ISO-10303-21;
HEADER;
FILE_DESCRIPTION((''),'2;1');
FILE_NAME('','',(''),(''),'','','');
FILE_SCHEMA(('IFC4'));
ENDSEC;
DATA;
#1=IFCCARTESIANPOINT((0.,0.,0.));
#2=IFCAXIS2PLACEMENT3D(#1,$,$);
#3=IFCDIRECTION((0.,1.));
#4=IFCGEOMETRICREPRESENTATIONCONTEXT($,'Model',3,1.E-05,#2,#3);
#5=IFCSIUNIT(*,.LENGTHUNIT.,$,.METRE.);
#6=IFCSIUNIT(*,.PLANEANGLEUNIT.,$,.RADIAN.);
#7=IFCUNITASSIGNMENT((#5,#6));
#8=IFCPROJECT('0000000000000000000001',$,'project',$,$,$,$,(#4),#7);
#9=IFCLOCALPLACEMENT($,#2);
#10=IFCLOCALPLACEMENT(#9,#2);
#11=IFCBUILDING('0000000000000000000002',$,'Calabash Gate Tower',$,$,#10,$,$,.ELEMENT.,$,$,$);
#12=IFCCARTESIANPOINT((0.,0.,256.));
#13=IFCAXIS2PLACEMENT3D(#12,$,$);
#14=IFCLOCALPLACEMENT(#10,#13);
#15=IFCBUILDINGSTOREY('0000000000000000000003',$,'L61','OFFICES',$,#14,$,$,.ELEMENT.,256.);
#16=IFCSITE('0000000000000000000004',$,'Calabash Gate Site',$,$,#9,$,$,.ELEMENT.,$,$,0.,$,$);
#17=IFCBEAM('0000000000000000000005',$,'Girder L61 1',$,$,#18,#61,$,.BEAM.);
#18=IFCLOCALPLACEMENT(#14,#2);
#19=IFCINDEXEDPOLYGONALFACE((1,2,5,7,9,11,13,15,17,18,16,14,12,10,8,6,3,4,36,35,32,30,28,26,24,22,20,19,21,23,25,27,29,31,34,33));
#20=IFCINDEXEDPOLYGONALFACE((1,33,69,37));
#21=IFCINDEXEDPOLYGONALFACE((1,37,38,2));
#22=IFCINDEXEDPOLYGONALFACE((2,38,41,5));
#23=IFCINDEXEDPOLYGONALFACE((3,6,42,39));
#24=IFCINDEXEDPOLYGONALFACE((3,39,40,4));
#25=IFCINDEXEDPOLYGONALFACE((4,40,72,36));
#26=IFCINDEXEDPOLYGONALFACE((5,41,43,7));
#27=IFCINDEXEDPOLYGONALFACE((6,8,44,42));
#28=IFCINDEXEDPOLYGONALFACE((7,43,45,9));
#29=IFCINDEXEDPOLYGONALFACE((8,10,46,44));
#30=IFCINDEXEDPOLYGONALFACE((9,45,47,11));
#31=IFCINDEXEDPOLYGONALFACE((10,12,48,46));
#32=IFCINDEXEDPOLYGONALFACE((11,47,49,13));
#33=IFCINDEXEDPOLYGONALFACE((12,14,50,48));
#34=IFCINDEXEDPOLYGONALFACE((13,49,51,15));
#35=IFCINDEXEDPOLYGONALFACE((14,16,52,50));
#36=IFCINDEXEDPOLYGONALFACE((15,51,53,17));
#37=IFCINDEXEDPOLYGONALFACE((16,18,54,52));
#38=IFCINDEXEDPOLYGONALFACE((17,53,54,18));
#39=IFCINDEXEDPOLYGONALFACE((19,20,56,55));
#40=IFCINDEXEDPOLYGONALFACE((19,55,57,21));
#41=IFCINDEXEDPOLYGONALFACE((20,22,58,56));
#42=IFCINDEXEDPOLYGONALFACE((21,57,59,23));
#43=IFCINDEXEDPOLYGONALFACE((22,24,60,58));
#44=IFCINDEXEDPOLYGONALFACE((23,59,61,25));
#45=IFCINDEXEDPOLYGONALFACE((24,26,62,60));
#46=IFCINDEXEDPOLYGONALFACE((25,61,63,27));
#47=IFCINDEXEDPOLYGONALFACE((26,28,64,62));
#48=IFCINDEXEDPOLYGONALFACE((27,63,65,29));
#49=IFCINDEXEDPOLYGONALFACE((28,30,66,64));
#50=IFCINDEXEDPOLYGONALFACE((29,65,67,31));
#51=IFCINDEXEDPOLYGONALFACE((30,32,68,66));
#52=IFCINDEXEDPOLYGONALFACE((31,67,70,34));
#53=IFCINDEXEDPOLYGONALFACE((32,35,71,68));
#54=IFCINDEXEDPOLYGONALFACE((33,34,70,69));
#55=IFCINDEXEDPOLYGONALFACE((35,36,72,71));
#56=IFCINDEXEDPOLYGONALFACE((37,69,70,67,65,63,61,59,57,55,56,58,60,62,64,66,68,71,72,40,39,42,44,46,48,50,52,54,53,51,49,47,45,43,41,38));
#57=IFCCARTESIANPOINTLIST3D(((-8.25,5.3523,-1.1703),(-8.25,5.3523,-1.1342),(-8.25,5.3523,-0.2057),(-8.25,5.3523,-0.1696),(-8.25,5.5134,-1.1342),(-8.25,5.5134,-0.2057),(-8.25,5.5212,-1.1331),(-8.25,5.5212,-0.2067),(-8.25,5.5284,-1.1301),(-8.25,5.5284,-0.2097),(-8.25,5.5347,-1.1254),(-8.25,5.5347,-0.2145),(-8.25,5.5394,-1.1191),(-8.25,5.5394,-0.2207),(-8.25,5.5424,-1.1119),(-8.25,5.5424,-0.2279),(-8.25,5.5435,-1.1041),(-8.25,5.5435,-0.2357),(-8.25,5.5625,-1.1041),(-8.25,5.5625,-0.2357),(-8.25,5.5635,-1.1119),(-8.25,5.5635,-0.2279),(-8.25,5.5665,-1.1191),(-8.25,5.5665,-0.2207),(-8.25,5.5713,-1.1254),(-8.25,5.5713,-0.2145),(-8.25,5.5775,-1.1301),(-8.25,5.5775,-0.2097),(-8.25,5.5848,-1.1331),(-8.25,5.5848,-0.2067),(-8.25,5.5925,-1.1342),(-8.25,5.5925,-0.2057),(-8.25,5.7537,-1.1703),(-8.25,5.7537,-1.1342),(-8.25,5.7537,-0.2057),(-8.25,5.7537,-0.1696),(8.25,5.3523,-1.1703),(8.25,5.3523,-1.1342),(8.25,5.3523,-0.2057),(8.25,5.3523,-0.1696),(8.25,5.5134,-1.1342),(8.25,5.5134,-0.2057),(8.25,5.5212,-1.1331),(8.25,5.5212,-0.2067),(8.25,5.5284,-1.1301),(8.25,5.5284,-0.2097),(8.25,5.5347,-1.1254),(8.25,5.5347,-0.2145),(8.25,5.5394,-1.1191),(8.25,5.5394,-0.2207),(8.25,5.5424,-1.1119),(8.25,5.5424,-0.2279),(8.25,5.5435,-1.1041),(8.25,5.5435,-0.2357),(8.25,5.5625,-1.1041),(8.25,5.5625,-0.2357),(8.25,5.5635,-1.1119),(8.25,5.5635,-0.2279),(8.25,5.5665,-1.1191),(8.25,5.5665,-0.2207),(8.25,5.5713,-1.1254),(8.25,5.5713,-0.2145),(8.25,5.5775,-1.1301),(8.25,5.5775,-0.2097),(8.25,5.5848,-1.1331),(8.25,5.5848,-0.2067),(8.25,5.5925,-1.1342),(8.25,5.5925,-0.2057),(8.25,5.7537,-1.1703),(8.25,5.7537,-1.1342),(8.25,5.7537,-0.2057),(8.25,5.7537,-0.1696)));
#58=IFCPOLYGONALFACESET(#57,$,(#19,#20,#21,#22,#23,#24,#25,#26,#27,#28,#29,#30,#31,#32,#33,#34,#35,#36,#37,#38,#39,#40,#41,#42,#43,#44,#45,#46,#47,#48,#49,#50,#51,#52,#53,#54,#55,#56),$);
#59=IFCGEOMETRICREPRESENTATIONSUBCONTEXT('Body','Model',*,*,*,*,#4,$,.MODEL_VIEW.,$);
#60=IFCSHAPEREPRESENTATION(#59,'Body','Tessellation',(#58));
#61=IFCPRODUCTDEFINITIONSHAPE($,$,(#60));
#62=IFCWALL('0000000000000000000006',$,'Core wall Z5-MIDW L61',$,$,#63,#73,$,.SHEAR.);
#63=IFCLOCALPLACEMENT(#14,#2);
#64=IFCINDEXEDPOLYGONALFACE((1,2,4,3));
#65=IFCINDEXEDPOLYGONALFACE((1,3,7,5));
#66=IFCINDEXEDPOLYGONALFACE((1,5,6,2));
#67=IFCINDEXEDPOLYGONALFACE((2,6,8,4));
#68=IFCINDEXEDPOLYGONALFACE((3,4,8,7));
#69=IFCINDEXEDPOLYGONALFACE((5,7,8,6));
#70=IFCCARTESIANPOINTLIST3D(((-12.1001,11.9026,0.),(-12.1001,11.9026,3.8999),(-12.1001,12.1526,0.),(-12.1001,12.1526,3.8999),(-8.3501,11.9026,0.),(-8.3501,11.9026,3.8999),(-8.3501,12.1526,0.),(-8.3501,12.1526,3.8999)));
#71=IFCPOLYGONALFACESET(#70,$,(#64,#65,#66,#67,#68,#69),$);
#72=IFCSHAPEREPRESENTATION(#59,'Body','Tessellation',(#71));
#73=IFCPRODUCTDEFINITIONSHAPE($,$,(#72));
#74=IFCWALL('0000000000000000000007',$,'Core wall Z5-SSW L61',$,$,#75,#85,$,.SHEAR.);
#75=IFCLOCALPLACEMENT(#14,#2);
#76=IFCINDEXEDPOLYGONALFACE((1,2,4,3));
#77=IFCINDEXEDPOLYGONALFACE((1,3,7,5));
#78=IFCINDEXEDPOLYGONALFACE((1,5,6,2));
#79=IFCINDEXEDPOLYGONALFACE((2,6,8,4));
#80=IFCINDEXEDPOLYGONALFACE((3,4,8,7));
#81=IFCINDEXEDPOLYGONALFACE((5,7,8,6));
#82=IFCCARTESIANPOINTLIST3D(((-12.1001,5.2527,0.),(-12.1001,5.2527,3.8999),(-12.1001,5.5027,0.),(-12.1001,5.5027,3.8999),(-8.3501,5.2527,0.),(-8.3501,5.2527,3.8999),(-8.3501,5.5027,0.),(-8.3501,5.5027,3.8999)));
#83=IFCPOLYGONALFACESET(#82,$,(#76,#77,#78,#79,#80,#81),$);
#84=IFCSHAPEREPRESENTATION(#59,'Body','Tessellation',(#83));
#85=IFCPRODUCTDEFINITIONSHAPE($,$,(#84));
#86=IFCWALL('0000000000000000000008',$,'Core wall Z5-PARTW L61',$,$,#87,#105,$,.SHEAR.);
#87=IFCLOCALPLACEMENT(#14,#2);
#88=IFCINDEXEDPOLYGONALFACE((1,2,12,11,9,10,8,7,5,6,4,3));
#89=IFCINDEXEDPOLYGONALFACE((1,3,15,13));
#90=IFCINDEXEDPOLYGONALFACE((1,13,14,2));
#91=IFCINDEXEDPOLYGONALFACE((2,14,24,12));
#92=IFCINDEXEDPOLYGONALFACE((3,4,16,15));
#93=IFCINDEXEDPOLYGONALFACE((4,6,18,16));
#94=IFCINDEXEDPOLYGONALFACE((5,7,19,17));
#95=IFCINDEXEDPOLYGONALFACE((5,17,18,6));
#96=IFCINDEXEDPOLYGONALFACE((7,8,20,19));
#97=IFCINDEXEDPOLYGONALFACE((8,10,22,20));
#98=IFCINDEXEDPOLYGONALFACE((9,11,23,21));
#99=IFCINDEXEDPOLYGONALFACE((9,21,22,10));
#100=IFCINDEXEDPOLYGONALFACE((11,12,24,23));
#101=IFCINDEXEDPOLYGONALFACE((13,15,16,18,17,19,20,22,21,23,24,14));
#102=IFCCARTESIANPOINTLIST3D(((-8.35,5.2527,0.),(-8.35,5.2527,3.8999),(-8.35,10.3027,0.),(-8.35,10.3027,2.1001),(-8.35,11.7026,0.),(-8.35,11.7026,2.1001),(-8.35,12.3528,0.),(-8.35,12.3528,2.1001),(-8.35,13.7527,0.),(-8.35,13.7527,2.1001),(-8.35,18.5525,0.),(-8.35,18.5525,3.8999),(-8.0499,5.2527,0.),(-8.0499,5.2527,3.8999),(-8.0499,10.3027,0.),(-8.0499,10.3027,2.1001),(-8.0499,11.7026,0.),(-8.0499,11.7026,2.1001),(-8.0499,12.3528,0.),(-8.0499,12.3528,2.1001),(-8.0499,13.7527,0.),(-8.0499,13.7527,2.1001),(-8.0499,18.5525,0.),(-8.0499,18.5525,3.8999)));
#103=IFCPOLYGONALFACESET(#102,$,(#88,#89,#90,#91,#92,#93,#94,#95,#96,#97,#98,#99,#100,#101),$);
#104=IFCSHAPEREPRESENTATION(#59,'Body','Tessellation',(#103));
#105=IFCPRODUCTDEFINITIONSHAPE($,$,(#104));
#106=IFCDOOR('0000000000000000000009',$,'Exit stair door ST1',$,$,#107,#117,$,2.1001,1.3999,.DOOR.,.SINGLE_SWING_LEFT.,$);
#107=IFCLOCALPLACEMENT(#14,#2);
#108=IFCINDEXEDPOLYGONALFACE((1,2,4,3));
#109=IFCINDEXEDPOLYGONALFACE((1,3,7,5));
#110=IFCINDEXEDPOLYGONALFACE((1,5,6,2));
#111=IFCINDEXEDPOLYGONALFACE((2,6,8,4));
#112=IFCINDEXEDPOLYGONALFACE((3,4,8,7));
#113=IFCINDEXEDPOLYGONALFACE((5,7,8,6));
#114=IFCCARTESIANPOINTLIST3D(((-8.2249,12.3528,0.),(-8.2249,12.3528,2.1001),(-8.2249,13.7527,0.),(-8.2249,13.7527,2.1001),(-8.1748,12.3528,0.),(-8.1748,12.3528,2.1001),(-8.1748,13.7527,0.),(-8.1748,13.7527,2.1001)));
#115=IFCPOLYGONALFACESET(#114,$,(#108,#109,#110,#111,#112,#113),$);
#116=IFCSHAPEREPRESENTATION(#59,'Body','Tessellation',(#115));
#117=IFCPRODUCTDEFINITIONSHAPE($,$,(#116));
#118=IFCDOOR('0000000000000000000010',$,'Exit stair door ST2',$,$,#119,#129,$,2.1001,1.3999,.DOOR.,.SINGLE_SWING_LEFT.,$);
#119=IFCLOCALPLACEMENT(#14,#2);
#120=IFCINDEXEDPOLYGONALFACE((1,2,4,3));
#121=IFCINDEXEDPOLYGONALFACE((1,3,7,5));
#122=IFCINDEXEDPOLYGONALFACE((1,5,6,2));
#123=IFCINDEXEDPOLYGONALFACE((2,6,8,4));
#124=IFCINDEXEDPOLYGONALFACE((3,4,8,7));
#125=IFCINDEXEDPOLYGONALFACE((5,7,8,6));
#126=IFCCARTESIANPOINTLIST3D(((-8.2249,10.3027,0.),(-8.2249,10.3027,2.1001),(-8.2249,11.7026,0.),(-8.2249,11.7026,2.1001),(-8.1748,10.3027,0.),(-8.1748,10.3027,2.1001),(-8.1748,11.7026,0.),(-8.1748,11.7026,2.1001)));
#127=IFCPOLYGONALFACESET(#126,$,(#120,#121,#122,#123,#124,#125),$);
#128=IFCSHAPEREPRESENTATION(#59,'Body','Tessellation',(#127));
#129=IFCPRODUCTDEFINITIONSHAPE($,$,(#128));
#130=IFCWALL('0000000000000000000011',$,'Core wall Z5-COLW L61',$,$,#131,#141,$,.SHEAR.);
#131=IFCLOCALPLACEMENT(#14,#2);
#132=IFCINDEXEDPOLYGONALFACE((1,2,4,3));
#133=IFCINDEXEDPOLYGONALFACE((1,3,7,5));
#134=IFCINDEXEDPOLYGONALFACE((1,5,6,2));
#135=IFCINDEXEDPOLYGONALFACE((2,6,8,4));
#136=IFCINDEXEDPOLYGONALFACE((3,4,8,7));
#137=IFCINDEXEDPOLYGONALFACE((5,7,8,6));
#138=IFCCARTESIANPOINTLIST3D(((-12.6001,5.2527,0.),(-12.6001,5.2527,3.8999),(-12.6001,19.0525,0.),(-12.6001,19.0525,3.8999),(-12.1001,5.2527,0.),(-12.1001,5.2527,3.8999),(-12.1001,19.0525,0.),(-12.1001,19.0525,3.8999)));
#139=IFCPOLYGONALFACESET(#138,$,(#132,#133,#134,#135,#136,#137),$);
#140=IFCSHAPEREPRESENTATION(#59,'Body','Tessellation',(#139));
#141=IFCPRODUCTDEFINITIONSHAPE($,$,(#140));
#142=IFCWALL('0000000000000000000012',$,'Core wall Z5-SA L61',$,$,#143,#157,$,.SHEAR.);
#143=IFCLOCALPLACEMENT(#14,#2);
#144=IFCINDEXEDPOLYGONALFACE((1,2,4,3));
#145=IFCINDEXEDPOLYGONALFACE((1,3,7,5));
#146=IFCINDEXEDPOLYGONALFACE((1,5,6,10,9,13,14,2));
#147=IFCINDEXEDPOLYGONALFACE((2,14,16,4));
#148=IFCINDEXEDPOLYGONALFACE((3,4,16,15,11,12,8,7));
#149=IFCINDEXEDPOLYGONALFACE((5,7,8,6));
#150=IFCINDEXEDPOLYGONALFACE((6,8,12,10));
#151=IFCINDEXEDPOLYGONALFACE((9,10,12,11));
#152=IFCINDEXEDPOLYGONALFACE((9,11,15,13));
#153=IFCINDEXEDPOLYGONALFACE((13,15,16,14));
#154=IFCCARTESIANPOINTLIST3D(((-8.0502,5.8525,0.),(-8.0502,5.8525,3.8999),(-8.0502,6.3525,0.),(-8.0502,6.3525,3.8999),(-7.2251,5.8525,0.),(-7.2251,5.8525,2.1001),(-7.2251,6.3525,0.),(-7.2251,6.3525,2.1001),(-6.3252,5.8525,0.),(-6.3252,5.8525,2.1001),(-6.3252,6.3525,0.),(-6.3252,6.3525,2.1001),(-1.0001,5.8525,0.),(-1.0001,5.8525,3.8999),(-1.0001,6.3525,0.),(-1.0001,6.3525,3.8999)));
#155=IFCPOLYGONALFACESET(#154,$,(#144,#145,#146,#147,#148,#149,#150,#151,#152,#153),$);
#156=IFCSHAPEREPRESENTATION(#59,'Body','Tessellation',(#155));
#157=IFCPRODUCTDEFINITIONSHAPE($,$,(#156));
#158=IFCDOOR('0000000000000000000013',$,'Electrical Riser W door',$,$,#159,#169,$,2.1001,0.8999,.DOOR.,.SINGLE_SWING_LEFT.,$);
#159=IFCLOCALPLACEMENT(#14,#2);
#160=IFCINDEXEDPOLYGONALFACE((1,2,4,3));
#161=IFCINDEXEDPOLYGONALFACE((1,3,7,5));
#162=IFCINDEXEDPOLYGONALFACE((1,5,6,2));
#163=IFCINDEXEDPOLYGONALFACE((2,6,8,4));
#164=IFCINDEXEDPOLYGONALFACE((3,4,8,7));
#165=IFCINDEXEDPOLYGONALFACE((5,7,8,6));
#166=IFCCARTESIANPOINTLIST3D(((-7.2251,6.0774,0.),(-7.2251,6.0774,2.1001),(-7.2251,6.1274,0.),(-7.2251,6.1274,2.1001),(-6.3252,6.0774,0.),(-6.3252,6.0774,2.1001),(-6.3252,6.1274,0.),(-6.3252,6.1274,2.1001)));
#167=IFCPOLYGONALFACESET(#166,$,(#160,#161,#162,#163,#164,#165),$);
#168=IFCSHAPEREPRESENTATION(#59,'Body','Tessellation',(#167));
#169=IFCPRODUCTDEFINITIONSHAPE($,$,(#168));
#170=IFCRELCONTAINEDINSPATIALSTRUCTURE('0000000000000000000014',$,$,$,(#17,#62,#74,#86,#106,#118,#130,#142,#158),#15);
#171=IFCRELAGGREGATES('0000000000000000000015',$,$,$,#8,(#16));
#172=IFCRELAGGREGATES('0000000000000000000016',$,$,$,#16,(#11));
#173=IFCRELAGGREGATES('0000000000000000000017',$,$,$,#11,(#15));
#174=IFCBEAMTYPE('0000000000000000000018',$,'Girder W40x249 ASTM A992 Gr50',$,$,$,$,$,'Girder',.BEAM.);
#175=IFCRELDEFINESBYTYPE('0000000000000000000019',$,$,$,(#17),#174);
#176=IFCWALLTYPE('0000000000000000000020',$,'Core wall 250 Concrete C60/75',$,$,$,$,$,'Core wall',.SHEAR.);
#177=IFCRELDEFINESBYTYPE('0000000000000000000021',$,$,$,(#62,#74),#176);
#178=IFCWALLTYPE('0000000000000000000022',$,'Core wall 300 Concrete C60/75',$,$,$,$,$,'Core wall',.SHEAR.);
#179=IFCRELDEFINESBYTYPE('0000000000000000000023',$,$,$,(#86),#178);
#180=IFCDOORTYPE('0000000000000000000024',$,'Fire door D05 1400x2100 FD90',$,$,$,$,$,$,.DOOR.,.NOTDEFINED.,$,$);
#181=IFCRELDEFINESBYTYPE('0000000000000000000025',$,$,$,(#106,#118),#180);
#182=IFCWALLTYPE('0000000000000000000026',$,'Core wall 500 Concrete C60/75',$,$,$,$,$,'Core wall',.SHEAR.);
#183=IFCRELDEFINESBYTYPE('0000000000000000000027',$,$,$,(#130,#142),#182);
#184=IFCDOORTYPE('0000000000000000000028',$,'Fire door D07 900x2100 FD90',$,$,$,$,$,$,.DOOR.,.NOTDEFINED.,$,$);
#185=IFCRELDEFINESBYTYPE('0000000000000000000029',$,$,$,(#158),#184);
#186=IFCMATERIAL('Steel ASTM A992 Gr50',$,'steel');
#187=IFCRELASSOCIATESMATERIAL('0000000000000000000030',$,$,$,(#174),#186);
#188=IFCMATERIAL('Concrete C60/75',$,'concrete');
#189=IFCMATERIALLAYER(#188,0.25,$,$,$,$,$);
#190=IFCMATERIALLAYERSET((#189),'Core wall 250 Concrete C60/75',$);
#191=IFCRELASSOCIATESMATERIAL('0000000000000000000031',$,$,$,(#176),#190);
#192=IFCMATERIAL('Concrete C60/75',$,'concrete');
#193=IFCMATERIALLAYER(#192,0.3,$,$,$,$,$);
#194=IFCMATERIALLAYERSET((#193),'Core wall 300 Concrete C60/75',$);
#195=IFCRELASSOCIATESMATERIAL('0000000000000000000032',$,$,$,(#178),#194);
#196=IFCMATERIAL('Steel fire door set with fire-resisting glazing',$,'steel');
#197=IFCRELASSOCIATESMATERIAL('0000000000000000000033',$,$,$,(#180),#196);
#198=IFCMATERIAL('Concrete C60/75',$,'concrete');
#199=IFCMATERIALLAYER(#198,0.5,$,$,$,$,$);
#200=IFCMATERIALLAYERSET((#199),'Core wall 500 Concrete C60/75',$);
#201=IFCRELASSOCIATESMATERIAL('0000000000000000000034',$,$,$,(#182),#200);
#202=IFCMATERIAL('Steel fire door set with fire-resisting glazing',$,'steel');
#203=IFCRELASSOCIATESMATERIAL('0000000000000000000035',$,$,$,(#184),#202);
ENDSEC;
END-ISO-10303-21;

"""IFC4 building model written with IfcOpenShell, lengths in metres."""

from ifc_helpers import new_model, si_unit, direction, frame, frame_2d, origin, origin_2d, place, context, subcontext, project, spatial, rectangle, i_section, extrude, material, layer, layer_set, material_profile, profile_set, type_object, element, fill, save


model = new_model("IFC4")

# Units and contexts
model_context = context("Model", 3, precision=1e-05, world=origin(), true_north=direction((0.0, 1.0)))
body_context = subcontext(model_context, "Body", "Model", "MODEL_VIEW")
ifc_project = project(units=[si_unit("LENGTHUNIT", "METRE"), si_unit("PLANEANGLEUNIT", "RADIAN")], contexts=[model_context])

# Site, building, storey
site_placement = place(None, origin())
site = spatial("IfcSite", under=ifc_project, at=site_placement, Name="Calabash Gate Site", CompositionType="ELEMENT", RefElevation=0.0)
building_placement = place(site_placement, origin())
building = spatial("IfcBuilding", under=site, at=building_placement, Name="Calabash Gate Tower", CompositionType="ELEMENT")
storey_placement = place(building_placement, frame((0.0, 0.0, 256.0)))
storey = spatial("IfcBuildingStorey", under=building, at=storey_placement, Name="L61", Description="OFFICES", CompositionType="ELEMENT", Elevation=256.0)

# Beam
ifc_material_1 = material(Name="Steel ASTM A992 Gr50", Category="steel")
ifc_material_profile = material_profile(ifc_material_1, i_section(OverallWidth=0.4014, OverallDepth=1.0007, WebThickness=0.019, FlangeThickness=0.0361, FilletRadius=0.03, at=origin_2d()))
ifc_profile_set = profile_set([ifc_material_profile], Name="Steel ASTM A992 Gr50")
beam_type = type_object("IfcBeamType", Name="Girder W40x249 ASTM A992 Gr50", ElementType="Girder", PredefinedType="BEAM", material=ifc_profile_set)
beam_placement = place(storey_placement, frame((-8.25, 5.553, -0.6699), z_axis=(1.0, 0.0, 0.0), x_axis=(0.0, 1.0, 0.0)))
element("IfcBeam", 1, at=beam_placement, inside=storey, type_object=beam_type, Name="Girder L61 1", PredefinedType="BEAM", context=body_context, shape_type="SweptSolid", body=[
    extrude(i_section(OverallWidth=0.4014, OverallDepth=1.0007, WebThickness=0.019, FlangeThickness=0.0361, FilletRadius=0.03, at=origin_2d()), origin(), (0.0, 0.0, 1.0), 16.5),
])

# Walls
ifc_material_2 = material(Name="Concrete C60/75", Category="concrete")
ifc_layer_1 = layer(ifc_material_2, 0.25)
ifc_layer_set_1 = layer_set([ifc_layer_1], Name="Core wall 250 Concrete C60/75")
wall_type_1 = type_object("IfcWallType", Name="Core wall 250 Concrete C60/75", ElementType="Core wall", PredefinedType="SHEAR", material=ifc_layer_set_1)
for number, where, z_axis, x_axis, name in (
    (2, (-12.1001, 12.0276, 0.0), (0.0, 0.0, 1.0), (1.0, 0.0, 0.0), "Core wall Z5-MIDW L61"),
    (3, (-12.1001, 5.3777, 0.0), (0.0, 0.0, 1.0), (1.0, 0.0, 0.0), "Core wall Z5-SSW L61"),
):
    element("IfcWall", number, at=place(storey_placement, frame(where, z_axis=z_axis, x_axis=x_axis)), inside=storey, type_object=wall_type_1, Name=name, PredefinedType="SHEAR", context=body_context, shape_type="SweptSolid", body=[
        extrude(rectangle(XDim=3.75, YDim=0.25, at=frame_2d((1.875, 0.0))), origin(), (0.0, 0.0, 1.0), 3.8999),
    ])

# Wall, openings, doors
ifc_material_3 = material(Name="Concrete C60/75", Category="concrete")
ifc_layer_2 = layer(ifc_material_3, 0.3)
ifc_layer_set_2 = layer_set([ifc_layer_2], Name="Core wall 300 Concrete C60/75")
wall_type_2 = type_object("IfcWallType", Name="Core wall 300 Concrete C60/75", ElementType="Core wall", PredefinedType="SHEAR", material=ifc_layer_set_2)
wall_1_placement = place(storey_placement, frame((-8.2, 5.2527, 0.0), z_axis=(0.0, 0.0, 1.0), x_axis=(0.0, 1.0, 0.0)))
wall_1 = element("IfcWall", 4, at=wall_1_placement, inside=storey, type_object=wall_type_2, Name="Core wall Z5-PARTW L61", PredefinedType="SHEAR", context=body_context, shape_type="SweptSolid", body=[
    extrude(rectangle(XDim=13.2998, YDim=0.3, at=frame_2d((6.6499, 0.0))), origin(), (0.0, 0.0, 1.0), 3.8999),
])
opening_1_placement = place(wall_1_placement, frame((7.1001, 0.0, 0.0)))
opening_1 = element("IfcOpeningElement", 5, at=opening_1_placement, cuts=wall_1, PredefinedType="OPENING", context=body_context, shape_type="SweptSolid", body=[
    extrude(rectangle(XDim=1.3999, YDim=2.1001, at=frame_2d((0.7, 1.05))), frame((0.0, 0.1599, 0.0), z_axis=(0.0, -1.0, 0.0), x_axis=(1.0, 0.0, 0.0)), (0.0, 0.0, 1.0), 0.3201),
])
opening_2_placement = place(wall_1_placement, frame((5.05, 0.0, 0.0)))
opening_2 = element("IfcOpeningElement", 6, at=opening_2_placement, cuts=wall_1, PredefinedType="OPENING", context=body_context, shape_type="SweptSolid", body=[
    extrude(rectangle(XDim=1.3999, YDim=2.1001, at=frame_2d((0.7, 1.05))), frame((0.0, 0.1599, 0.0), z_axis=(0.0, -1.0, 0.0), x_axis=(1.0, 0.0, 0.0)), (0.0, 0.0, 1.0), 0.3201),
])
ifc_material_4 = material(Name="Steel fire door set with fire-resisting glazing", Category="steel")
door_type_1 = type_object("IfcDoorType", Name="Fire door D05 1400x2100 FD90", OperationType="NOTDEFINED", PredefinedType="DOOR", material=ifc_material_4)
door_1_placement = place(opening_1_placement, origin())
door_1 = element("IfcDoor", 7, at=door_1_placement, inside=storey, type_object=door_type_1, Name="Exit stair door ST1", OperationType="SINGLE_SWING_LEFT", OverallHeight=2.1001, OverallWidth=1.3999, PredefinedType="DOOR", context=body_context, shape_type="SweptSolid", body=[
    extrude(rectangle(XDim=1.3999, YDim=2.1001, at=frame_2d((0.7, 1.05))), frame((0.0, 0.0249, 0.0), z_axis=(0.0, -1.0, 0.0), x_axis=(1.0, 0.0, 0.0)), (0.0, 0.0, 1.0), 0.05),
])
fill(opening_1, door_1)
door_2_placement = place(opening_2_placement, origin())
door_2 = element("IfcDoor", 8, at=door_2_placement, inside=storey, type_object=door_type_1, Name="Exit stair door ST2", OperationType="SINGLE_SWING_LEFT", OverallHeight=2.1001, OverallWidth=1.3999, PredefinedType="DOOR", context=body_context, shape_type="SweptSolid", body=[
    extrude(rectangle(XDim=1.3999, YDim=2.1001, at=frame_2d((0.7, 1.05))), frame((0.0, 0.0249, 0.0), z_axis=(0.0, -1.0, 0.0), x_axis=(1.0, 0.0, 0.0)), (0.0, 0.0, 1.0), 0.05),
])
fill(opening_2, door_2)

# Wall
ifc_material_5 = material(Name="Concrete C60/75", Category="concrete")
ifc_layer_3 = layer(ifc_material_5, 0.5)
ifc_layer_set_3 = layer_set([ifc_layer_3], Name="Core wall 500 Concrete C60/75")
wall_type_3 = type_object("IfcWallType", Name="Core wall 500 Concrete C60/75", ElementType="Core wall", PredefinedType="SHEAR", material=ifc_layer_set_3)
wall_2_placement = place(storey_placement, frame((-12.3501, 5.2527, 0.0), z_axis=(0.0, 0.0, 1.0), x_axis=(0.0, 1.0, 0.0)))
element("IfcWall", 9, at=wall_2_placement, inside=storey, type_object=wall_type_3, Name="Core wall Z5-COLW L61", PredefinedType="SHEAR", context=body_context, shape_type="SweptSolid", body=[
    extrude(rectangle(XDim=13.7998, YDim=0.5, at=frame_2d((6.8999, 0.0))), origin(), (0.0, 0.0, 1.0), 3.8999),
])

# Wall, opening, door
wall_3_placement = place(storey_placement, frame((-8.05, 6.1025, 0.0), z_axis=(0.0, 0.0, 1.0), x_axis=(1.0, 0.0, 0.0)))
wall_3 = element("IfcWall", 10, at=wall_3_placement, inside=storey, type_object=wall_type_3, Name="Core wall Z5-SA L61", PredefinedType="SHEAR", context=body_context, shape_type="SweptSolid", body=[
    extrude(rectangle(XDim=7.05, YDim=0.5, at=frame_2d((3.5249, 0.0))), origin(), (0.0, 0.0, 1.0), 3.8999),
])
opening_3_placement = place(wall_3_placement, frame((0.825, 0.0, 0.0)))
opening_3 = element("IfcOpeningElement", 11, at=opening_3_placement, cuts=wall_3, PredefinedType="OPENING", context=body_context, shape_type="SweptSolid", body=[
    extrude(rectangle(XDim=0.8999, YDim=2.1001, at=frame_2d((0.45, 1.05))), frame((0.0, 0.26, 0.0), z_axis=(0.0, -1.0, 0.0), x_axis=(1.0, 0.0, 0.0)), (0.0, 0.0, 1.0), 0.52),
])
ifc_material_6 = material(Name="Steel fire door set with fire-resisting glazing", Category="steel")
door_type_2 = type_object("IfcDoorType", Name="Fire door D07 900x2100 FD90", OperationType="NOTDEFINED", PredefinedType="DOOR", material=ifc_material_6)
door_3_placement = place(opening_3_placement, origin())
door_3 = element("IfcDoor", 12, at=door_3_placement, inside=storey, type_object=door_type_2, Name="Electrical Riser W door", OperationType="SINGLE_SWING_LEFT", OverallHeight=2.1001, OverallWidth=0.8999, PredefinedType="DOOR", context=body_context, shape_type="SweptSolid", body=[
    extrude(rectangle(XDim=0.8999, YDim=2.1001, at=frame_2d((0.45, 1.05))), frame((0.0, 0.0249, 0.0), z_axis=(0.0, -1.0, 0.0), x_axis=(1.0, 0.0, 0.0)), (0.0, 0.0, 1.0), 0.05),
])
fill(opening_3, door_3)

save(model, "model.ifc")
